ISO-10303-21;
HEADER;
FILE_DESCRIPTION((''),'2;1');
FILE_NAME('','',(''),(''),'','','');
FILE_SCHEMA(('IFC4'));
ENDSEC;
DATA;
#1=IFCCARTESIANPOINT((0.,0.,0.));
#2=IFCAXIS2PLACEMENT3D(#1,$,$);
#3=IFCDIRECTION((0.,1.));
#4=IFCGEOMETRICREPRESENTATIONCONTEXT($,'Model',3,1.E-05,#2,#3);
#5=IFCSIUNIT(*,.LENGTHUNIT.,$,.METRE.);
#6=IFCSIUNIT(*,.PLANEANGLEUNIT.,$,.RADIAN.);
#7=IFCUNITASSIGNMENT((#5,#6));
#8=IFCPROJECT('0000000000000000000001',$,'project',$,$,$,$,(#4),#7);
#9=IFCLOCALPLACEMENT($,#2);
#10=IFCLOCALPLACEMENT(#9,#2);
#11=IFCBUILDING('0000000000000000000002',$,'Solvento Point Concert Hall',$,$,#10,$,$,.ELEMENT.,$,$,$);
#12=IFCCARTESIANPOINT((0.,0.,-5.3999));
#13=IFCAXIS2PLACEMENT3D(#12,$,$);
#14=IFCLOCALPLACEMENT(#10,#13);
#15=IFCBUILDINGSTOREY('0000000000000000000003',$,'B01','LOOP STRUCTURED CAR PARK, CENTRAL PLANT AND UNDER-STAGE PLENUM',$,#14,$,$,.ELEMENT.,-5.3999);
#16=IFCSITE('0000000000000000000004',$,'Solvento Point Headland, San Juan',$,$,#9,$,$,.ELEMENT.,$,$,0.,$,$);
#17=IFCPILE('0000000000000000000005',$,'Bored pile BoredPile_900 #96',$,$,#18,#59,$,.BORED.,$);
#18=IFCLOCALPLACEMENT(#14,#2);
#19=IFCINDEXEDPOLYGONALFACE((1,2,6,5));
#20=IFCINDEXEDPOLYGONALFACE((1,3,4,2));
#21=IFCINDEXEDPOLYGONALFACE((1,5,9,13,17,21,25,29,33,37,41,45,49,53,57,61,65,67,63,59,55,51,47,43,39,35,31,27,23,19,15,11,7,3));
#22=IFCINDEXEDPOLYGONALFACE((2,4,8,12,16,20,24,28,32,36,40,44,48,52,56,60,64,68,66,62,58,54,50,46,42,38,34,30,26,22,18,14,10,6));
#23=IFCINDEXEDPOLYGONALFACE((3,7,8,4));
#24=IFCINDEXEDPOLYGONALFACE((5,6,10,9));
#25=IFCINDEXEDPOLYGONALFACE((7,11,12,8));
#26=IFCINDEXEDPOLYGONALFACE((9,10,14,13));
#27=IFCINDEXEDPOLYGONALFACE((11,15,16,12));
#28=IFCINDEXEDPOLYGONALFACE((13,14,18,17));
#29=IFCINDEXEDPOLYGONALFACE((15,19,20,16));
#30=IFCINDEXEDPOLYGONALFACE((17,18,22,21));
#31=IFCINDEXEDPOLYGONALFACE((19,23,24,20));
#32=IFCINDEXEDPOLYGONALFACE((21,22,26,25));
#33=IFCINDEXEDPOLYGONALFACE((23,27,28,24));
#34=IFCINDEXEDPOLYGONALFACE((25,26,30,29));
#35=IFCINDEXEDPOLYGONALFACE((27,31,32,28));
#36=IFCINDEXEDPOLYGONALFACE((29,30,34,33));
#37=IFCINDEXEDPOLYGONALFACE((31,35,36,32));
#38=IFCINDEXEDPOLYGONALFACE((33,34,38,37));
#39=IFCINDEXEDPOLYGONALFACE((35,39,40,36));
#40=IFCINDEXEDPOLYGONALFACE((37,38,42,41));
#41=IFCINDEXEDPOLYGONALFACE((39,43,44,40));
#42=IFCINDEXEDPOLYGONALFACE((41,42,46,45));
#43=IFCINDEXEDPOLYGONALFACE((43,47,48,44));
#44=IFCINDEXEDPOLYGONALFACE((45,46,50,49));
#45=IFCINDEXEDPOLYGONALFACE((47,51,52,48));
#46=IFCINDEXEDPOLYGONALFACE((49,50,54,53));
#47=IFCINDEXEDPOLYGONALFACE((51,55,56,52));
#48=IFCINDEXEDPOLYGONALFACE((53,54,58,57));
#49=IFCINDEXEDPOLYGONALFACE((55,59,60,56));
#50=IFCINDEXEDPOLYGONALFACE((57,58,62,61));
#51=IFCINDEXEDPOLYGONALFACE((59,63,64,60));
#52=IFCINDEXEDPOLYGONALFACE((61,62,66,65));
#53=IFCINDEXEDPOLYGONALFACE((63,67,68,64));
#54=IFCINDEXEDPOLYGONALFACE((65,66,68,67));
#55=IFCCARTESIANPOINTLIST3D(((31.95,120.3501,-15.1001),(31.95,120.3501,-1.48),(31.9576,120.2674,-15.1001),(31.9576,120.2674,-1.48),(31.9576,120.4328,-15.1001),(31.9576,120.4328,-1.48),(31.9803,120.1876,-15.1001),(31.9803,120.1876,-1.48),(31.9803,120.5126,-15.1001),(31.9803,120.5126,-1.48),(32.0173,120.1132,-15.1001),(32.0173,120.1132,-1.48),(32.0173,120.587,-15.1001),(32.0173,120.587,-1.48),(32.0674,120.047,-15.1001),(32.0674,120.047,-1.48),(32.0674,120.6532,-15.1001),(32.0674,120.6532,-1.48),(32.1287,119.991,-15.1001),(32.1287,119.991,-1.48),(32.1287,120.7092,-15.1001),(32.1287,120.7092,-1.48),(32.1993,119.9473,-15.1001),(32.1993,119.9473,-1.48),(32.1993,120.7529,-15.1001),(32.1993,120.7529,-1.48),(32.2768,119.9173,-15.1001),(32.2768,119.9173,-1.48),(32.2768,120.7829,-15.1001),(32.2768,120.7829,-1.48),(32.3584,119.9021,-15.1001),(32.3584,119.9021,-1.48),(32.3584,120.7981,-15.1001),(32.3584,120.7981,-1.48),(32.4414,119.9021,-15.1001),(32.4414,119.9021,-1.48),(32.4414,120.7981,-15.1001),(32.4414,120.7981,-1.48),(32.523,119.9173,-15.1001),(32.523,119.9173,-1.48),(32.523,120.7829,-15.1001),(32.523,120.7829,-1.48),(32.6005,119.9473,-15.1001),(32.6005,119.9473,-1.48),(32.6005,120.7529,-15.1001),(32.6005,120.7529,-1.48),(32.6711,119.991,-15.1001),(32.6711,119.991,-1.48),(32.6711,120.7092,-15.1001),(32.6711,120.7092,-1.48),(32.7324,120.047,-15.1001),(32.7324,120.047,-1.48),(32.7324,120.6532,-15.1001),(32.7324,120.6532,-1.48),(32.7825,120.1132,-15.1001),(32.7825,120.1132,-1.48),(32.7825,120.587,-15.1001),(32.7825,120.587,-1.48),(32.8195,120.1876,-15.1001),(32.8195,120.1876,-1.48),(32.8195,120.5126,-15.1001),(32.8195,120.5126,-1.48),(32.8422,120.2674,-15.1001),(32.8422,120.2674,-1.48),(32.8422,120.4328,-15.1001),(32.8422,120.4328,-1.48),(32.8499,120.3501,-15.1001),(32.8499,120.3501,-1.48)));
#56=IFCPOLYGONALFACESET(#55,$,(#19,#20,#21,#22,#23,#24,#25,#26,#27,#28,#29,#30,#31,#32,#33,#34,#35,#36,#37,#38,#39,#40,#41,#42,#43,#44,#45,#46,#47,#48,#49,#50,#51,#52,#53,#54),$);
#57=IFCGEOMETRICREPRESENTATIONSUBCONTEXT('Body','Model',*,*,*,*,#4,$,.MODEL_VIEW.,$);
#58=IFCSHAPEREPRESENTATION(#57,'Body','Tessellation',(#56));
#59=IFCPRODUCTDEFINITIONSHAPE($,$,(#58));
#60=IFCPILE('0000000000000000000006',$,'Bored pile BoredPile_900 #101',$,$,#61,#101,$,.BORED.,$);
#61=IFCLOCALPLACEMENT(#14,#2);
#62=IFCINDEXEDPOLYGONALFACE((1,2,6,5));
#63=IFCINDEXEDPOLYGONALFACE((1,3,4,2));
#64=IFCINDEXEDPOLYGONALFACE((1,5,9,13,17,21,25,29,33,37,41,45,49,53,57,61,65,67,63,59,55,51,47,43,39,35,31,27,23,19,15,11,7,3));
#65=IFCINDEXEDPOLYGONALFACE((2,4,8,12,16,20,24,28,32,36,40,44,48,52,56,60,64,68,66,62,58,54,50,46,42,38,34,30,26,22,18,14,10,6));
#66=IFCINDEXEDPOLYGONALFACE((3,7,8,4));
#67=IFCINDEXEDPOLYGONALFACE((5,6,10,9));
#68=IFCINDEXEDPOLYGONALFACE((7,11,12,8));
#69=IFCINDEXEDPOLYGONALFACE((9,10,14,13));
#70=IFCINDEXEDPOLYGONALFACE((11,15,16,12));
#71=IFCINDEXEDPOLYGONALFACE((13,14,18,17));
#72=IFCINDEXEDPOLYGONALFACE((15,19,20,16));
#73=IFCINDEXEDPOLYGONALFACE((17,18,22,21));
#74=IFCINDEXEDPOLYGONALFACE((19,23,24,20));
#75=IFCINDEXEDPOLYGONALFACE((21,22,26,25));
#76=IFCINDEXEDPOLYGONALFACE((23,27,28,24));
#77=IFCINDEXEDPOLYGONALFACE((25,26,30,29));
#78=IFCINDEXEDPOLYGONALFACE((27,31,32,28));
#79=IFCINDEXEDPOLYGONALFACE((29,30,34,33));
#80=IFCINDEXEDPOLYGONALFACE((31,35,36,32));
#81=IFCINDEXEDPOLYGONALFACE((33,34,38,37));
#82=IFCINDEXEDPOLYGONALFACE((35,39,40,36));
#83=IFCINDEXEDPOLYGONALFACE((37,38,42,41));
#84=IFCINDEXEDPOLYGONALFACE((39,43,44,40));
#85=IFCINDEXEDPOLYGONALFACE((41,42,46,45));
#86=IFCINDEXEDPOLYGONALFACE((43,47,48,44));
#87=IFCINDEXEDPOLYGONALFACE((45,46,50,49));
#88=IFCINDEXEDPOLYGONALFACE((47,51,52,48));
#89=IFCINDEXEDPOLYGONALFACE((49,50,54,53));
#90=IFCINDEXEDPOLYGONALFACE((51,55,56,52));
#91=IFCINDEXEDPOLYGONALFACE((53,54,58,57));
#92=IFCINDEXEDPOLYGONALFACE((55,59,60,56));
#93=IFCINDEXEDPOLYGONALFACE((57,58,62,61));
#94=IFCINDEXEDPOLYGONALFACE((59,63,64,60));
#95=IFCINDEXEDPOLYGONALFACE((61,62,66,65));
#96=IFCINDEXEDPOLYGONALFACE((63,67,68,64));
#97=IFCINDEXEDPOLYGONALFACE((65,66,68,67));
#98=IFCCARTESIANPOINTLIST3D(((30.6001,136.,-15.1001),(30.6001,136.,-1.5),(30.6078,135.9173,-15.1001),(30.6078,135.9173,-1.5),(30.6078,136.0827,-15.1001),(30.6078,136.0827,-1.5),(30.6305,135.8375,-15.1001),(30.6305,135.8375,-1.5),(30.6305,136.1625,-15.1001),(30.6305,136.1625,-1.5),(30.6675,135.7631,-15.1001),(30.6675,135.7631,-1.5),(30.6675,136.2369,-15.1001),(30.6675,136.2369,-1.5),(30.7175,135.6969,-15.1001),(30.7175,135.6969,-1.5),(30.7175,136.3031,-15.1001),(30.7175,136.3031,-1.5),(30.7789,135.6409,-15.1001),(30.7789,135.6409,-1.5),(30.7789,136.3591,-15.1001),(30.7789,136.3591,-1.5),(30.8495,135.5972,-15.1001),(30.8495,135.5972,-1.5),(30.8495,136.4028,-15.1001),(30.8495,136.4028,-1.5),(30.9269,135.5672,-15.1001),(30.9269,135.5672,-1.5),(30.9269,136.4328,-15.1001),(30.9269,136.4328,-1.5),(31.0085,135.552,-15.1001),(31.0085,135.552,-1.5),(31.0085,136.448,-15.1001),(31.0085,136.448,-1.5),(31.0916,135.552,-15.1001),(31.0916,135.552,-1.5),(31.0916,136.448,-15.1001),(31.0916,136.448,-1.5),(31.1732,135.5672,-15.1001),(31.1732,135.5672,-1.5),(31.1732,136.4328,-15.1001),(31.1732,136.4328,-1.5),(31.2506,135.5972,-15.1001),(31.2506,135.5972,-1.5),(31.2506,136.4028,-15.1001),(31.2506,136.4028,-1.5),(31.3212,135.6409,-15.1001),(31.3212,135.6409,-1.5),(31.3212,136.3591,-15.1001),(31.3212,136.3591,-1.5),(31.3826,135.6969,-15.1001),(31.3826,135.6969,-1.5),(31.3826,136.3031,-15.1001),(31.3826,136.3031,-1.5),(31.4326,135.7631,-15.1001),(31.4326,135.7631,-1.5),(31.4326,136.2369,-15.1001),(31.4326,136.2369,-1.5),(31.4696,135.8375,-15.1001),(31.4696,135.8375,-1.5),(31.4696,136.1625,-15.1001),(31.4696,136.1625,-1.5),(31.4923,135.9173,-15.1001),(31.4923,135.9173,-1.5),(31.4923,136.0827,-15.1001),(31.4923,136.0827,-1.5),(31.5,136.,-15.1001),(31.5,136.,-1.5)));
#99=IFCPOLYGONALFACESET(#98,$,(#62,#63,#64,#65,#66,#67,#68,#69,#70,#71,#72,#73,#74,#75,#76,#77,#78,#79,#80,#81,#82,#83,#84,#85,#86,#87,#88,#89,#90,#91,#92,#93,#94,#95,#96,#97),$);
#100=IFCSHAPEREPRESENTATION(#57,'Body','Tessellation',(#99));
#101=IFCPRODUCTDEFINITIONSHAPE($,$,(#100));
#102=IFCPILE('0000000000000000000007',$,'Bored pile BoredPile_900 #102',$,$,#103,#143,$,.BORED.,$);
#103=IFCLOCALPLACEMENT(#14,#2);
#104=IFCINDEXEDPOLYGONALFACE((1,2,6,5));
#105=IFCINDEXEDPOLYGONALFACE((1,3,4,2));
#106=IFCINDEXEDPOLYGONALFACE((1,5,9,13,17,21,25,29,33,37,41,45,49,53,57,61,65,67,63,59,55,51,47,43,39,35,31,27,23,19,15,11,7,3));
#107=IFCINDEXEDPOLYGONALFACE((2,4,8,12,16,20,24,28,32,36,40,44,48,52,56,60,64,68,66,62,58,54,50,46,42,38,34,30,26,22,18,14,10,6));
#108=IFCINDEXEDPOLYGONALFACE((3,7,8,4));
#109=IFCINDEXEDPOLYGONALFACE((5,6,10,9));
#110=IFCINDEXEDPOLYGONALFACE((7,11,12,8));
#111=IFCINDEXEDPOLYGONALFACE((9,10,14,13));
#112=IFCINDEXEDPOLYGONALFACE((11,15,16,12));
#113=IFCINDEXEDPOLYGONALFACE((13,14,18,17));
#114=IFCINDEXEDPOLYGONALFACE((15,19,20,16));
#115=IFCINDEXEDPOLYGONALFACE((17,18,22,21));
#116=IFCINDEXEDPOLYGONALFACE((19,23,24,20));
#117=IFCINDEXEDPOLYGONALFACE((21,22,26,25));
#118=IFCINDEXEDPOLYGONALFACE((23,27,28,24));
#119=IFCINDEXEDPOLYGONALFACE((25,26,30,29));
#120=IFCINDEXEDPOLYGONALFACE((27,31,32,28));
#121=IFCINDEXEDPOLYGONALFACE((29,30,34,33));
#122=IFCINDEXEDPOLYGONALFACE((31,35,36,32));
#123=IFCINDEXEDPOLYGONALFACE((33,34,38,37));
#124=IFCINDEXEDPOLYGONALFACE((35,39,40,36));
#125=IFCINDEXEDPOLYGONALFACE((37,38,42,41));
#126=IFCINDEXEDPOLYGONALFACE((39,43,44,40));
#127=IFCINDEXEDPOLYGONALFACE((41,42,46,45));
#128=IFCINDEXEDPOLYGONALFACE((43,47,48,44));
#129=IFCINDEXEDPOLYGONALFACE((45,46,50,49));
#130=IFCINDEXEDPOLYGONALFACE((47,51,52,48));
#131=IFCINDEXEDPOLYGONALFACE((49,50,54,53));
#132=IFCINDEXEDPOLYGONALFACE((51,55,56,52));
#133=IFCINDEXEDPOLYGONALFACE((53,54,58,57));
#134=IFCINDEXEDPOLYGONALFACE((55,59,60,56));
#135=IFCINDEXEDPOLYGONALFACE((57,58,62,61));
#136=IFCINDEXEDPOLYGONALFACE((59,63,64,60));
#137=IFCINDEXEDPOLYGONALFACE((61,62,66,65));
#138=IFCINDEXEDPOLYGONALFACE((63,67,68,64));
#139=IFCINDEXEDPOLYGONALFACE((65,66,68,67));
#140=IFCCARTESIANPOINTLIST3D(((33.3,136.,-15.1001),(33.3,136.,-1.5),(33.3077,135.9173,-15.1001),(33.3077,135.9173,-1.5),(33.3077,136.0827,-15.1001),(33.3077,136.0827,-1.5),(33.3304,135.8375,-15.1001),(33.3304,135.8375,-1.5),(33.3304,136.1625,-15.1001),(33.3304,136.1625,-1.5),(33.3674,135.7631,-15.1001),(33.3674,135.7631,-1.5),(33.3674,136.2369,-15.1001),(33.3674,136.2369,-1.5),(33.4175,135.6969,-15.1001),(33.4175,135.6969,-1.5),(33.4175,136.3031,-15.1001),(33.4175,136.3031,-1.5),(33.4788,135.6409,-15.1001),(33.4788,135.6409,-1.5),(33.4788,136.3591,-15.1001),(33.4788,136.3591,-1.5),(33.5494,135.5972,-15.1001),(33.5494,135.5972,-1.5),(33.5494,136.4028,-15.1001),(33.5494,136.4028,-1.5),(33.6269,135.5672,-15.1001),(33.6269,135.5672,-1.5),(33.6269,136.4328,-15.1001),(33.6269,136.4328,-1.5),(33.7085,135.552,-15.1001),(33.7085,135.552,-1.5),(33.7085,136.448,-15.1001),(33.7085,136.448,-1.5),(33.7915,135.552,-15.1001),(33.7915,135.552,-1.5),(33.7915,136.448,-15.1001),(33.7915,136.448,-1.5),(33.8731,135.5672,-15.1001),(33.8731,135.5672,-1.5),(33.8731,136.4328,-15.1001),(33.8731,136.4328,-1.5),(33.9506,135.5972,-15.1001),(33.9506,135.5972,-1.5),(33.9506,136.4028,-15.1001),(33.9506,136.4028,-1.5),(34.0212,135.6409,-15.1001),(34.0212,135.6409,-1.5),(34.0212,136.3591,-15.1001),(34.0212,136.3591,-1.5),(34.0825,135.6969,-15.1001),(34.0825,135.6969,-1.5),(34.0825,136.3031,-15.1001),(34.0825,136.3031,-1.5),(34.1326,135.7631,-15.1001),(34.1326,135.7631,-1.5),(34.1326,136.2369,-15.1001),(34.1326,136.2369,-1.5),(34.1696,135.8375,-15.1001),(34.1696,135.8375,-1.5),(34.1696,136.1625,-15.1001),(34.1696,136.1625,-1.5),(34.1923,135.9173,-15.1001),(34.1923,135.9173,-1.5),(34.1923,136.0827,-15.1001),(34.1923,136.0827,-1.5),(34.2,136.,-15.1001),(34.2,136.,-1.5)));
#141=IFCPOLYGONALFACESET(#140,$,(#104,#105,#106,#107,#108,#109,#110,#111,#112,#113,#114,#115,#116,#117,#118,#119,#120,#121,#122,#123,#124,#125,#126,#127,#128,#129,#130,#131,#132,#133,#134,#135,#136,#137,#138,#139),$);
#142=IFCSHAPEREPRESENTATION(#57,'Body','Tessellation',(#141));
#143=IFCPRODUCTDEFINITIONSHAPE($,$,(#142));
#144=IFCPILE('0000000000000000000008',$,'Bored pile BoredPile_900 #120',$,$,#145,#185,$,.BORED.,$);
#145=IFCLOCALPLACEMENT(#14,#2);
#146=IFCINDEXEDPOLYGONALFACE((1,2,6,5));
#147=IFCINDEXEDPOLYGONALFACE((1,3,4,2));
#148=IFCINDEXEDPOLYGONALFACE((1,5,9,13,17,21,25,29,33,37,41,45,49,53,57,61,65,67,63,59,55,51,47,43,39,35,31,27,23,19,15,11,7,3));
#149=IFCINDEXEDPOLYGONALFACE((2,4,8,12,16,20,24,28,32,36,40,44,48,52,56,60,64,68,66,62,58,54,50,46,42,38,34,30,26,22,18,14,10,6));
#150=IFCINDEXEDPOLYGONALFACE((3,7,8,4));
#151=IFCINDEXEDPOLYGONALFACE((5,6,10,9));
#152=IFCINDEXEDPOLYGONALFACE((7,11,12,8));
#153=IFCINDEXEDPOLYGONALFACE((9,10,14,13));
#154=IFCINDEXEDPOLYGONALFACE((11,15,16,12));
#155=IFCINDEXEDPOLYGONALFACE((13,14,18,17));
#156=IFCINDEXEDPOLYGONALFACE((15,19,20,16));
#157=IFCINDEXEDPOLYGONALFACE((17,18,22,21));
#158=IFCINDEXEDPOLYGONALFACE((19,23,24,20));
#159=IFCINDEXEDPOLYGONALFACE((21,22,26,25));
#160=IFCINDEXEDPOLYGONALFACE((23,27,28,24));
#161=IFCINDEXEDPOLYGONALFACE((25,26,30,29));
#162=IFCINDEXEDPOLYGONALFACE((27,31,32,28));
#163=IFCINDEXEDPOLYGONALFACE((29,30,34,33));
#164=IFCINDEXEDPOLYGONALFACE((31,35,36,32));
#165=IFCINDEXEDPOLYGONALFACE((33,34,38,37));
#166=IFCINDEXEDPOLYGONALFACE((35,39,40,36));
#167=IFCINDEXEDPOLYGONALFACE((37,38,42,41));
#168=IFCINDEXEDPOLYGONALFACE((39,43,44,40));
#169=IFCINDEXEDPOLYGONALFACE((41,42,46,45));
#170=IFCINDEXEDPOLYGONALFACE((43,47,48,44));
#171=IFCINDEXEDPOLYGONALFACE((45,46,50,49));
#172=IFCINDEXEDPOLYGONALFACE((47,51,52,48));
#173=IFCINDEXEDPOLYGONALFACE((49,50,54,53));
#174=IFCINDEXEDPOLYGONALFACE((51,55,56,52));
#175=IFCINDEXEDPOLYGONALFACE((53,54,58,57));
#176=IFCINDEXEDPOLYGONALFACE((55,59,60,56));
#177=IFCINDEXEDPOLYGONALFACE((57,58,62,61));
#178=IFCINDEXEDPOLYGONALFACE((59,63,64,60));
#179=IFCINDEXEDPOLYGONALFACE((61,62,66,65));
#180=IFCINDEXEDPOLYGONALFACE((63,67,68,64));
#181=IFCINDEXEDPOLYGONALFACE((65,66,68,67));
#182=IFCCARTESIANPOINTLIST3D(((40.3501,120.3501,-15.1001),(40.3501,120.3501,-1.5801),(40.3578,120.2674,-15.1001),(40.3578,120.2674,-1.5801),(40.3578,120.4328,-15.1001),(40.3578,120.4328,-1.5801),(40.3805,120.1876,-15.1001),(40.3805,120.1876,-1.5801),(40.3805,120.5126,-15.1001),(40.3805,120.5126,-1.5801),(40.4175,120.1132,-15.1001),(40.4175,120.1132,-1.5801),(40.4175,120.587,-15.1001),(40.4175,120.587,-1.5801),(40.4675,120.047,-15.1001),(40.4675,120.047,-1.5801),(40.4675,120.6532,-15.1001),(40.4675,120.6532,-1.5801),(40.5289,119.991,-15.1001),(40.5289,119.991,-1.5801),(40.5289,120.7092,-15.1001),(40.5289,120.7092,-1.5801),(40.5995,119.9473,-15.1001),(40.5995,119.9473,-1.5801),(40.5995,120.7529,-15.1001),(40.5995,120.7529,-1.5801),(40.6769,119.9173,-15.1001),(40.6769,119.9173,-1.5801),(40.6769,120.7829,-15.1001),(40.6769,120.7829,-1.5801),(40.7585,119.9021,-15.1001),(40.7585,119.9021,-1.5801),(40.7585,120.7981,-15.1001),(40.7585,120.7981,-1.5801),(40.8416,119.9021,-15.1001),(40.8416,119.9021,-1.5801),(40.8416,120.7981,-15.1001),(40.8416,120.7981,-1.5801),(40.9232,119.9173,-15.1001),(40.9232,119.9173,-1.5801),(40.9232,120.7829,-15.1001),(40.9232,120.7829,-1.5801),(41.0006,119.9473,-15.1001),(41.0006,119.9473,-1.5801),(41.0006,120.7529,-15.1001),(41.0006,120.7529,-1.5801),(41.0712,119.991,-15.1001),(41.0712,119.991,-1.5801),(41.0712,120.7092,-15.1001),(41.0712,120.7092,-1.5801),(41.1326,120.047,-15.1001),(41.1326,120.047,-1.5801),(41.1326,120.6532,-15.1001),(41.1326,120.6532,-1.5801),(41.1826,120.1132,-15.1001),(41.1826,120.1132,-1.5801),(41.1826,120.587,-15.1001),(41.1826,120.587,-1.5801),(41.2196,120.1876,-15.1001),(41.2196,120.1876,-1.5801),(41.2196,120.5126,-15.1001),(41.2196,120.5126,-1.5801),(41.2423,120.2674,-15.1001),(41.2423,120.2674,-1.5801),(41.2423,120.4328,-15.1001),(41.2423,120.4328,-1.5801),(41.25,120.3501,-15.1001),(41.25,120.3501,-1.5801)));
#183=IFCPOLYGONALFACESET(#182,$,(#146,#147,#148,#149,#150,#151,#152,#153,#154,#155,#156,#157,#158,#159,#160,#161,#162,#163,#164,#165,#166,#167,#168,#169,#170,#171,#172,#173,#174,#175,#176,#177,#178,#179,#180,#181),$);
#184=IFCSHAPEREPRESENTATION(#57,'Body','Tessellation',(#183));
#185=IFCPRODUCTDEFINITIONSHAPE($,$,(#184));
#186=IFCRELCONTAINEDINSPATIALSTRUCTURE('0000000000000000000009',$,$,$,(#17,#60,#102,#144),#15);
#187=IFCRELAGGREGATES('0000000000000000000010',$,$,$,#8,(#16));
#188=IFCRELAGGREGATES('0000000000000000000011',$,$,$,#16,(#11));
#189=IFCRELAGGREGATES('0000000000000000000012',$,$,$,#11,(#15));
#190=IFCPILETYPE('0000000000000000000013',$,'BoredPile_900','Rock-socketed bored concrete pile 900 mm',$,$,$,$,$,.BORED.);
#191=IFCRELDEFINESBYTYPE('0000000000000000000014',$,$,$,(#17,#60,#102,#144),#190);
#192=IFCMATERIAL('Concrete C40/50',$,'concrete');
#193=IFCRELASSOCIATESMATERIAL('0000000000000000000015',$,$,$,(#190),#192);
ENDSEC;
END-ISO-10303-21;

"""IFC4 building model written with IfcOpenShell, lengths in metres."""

from ifc_helpers import new_model, si_unit, direction, frame, origin, origin_2d, place, context, subcontext, project, spatial, circle, extrude, material, material_profile, profile_set, type_object, element, save


model = new_model("IFC4")

# Units and contexts
model_context = context("Model", 3, precision=1e-05, world=origin(), true_north=direction((0.0, 1.0)))
body_context = subcontext(model_context, "Body", "Model", "MODEL_VIEW")
ifc_project = project(units=[si_unit("LENGTHUNIT", "METRE"), si_unit("PLANEANGLEUNIT", "RADIAN")], contexts=[model_context])

# Site, building, storey
site_placement = place(None, origin())
site = spatial("IfcSite", under=ifc_project, at=site_placement, Name="Solvento Point Headland, San Juan", CompositionType="ELEMENT", RefElevation=0.0)
building_placement = place(site_placement, origin())
building = spatial("IfcBuilding", under=site, at=building_placement, Name="Solvento Point Concert Hall", CompositionType="ELEMENT")
storey_placement = place(building_placement, frame((0.0, 0.0, -5.3999)))
storey = spatial("IfcBuildingStorey", under=building, at=storey_placement, Name="B01", Description="LOOP STRUCTURED CAR PARK, CENTRAL PLANT AND UNDER-STAGE PLENUM", CompositionType="ELEMENT", Elevation=-5.3999)

# Piles
ifc_material_1 = material(Name="Concrete C40/50", Category="concrete")
ifc_material_profile_1 = material_profile(ifc_material_1, circle(Radius=0.45, at=origin_2d()), Name="BP-900")
ifc_profile_set_1 = profile_set([ifc_material_profile_1], Name="Concrete C40/50")
pile_type_1 = type_object("IfcPileType", Name="BoredPile_900", Description="Rock-socketed bored concrete pile 900 mm", PredefinedType="BORED", material=ifc_profile_set_1)
pile_1_placement = place(storey_placement, frame((32.3999, 120.3501, -1.48), z_axis=(0.0, 0.0, -1.0), x_axis=(1.0, 0.0, 0.0)))
element("IfcPile", 1, at=pile_1_placement, inside=storey, type_object=pile_type_1, Name="Bored pile BoredPile_900 #96", PredefinedType="BORED", context=body_context, shape_type="SweptSolid", body=[
    extrude(circle(Radius=0.45, at=origin_2d()), origin(), (0.0, 0.0, 1.0), 13.6201),
])
for number, where, z_axis, x_axis, name in (
    (2, (31.05, 136.0, -1.5), (0.0, 0.0, -1.0), (1.0, 0.0, 0.0), "Bored pile BoredPile_900 #101"),
    (3, (33.75, 136.0, -1.5), (0.0, 0.0, -1.0), (1.0, 0.0, 0.0), "Bored pile BoredPile_900 #102"),
):
    element("IfcPile", number, at=place(storey_placement, frame(where, z_axis=z_axis, x_axis=x_axis)), inside=storey, type_object=pile_type_1, Name=name, PredefinedType="BORED", context=body_context, shape_type="SweptSolid", body=[
        extrude(circle(Radius=0.45, at=origin_2d()), origin(), (0.0, 0.0, 1.0), 13.6001),
    ])
pile_2_placement = place(storey_placement, frame((40.8, 120.3501, -1.5801), z_axis=(0.0, 0.0, -1.0), x_axis=(1.0, 0.0, 0.0)))
element("IfcPile", 4, at=pile_2_placement, inside=storey, type_object=pile_type_1, Name="Bored pile BoredPile_900 #120", PredefinedType="BORED", context=body_context, shape_type="SweptSolid", body=[
    extrude(circle(Radius=0.45, at=origin_2d()), origin(), (0.0, 0.0, 1.0), 13.52),
])

save(model, "model.ifc")
